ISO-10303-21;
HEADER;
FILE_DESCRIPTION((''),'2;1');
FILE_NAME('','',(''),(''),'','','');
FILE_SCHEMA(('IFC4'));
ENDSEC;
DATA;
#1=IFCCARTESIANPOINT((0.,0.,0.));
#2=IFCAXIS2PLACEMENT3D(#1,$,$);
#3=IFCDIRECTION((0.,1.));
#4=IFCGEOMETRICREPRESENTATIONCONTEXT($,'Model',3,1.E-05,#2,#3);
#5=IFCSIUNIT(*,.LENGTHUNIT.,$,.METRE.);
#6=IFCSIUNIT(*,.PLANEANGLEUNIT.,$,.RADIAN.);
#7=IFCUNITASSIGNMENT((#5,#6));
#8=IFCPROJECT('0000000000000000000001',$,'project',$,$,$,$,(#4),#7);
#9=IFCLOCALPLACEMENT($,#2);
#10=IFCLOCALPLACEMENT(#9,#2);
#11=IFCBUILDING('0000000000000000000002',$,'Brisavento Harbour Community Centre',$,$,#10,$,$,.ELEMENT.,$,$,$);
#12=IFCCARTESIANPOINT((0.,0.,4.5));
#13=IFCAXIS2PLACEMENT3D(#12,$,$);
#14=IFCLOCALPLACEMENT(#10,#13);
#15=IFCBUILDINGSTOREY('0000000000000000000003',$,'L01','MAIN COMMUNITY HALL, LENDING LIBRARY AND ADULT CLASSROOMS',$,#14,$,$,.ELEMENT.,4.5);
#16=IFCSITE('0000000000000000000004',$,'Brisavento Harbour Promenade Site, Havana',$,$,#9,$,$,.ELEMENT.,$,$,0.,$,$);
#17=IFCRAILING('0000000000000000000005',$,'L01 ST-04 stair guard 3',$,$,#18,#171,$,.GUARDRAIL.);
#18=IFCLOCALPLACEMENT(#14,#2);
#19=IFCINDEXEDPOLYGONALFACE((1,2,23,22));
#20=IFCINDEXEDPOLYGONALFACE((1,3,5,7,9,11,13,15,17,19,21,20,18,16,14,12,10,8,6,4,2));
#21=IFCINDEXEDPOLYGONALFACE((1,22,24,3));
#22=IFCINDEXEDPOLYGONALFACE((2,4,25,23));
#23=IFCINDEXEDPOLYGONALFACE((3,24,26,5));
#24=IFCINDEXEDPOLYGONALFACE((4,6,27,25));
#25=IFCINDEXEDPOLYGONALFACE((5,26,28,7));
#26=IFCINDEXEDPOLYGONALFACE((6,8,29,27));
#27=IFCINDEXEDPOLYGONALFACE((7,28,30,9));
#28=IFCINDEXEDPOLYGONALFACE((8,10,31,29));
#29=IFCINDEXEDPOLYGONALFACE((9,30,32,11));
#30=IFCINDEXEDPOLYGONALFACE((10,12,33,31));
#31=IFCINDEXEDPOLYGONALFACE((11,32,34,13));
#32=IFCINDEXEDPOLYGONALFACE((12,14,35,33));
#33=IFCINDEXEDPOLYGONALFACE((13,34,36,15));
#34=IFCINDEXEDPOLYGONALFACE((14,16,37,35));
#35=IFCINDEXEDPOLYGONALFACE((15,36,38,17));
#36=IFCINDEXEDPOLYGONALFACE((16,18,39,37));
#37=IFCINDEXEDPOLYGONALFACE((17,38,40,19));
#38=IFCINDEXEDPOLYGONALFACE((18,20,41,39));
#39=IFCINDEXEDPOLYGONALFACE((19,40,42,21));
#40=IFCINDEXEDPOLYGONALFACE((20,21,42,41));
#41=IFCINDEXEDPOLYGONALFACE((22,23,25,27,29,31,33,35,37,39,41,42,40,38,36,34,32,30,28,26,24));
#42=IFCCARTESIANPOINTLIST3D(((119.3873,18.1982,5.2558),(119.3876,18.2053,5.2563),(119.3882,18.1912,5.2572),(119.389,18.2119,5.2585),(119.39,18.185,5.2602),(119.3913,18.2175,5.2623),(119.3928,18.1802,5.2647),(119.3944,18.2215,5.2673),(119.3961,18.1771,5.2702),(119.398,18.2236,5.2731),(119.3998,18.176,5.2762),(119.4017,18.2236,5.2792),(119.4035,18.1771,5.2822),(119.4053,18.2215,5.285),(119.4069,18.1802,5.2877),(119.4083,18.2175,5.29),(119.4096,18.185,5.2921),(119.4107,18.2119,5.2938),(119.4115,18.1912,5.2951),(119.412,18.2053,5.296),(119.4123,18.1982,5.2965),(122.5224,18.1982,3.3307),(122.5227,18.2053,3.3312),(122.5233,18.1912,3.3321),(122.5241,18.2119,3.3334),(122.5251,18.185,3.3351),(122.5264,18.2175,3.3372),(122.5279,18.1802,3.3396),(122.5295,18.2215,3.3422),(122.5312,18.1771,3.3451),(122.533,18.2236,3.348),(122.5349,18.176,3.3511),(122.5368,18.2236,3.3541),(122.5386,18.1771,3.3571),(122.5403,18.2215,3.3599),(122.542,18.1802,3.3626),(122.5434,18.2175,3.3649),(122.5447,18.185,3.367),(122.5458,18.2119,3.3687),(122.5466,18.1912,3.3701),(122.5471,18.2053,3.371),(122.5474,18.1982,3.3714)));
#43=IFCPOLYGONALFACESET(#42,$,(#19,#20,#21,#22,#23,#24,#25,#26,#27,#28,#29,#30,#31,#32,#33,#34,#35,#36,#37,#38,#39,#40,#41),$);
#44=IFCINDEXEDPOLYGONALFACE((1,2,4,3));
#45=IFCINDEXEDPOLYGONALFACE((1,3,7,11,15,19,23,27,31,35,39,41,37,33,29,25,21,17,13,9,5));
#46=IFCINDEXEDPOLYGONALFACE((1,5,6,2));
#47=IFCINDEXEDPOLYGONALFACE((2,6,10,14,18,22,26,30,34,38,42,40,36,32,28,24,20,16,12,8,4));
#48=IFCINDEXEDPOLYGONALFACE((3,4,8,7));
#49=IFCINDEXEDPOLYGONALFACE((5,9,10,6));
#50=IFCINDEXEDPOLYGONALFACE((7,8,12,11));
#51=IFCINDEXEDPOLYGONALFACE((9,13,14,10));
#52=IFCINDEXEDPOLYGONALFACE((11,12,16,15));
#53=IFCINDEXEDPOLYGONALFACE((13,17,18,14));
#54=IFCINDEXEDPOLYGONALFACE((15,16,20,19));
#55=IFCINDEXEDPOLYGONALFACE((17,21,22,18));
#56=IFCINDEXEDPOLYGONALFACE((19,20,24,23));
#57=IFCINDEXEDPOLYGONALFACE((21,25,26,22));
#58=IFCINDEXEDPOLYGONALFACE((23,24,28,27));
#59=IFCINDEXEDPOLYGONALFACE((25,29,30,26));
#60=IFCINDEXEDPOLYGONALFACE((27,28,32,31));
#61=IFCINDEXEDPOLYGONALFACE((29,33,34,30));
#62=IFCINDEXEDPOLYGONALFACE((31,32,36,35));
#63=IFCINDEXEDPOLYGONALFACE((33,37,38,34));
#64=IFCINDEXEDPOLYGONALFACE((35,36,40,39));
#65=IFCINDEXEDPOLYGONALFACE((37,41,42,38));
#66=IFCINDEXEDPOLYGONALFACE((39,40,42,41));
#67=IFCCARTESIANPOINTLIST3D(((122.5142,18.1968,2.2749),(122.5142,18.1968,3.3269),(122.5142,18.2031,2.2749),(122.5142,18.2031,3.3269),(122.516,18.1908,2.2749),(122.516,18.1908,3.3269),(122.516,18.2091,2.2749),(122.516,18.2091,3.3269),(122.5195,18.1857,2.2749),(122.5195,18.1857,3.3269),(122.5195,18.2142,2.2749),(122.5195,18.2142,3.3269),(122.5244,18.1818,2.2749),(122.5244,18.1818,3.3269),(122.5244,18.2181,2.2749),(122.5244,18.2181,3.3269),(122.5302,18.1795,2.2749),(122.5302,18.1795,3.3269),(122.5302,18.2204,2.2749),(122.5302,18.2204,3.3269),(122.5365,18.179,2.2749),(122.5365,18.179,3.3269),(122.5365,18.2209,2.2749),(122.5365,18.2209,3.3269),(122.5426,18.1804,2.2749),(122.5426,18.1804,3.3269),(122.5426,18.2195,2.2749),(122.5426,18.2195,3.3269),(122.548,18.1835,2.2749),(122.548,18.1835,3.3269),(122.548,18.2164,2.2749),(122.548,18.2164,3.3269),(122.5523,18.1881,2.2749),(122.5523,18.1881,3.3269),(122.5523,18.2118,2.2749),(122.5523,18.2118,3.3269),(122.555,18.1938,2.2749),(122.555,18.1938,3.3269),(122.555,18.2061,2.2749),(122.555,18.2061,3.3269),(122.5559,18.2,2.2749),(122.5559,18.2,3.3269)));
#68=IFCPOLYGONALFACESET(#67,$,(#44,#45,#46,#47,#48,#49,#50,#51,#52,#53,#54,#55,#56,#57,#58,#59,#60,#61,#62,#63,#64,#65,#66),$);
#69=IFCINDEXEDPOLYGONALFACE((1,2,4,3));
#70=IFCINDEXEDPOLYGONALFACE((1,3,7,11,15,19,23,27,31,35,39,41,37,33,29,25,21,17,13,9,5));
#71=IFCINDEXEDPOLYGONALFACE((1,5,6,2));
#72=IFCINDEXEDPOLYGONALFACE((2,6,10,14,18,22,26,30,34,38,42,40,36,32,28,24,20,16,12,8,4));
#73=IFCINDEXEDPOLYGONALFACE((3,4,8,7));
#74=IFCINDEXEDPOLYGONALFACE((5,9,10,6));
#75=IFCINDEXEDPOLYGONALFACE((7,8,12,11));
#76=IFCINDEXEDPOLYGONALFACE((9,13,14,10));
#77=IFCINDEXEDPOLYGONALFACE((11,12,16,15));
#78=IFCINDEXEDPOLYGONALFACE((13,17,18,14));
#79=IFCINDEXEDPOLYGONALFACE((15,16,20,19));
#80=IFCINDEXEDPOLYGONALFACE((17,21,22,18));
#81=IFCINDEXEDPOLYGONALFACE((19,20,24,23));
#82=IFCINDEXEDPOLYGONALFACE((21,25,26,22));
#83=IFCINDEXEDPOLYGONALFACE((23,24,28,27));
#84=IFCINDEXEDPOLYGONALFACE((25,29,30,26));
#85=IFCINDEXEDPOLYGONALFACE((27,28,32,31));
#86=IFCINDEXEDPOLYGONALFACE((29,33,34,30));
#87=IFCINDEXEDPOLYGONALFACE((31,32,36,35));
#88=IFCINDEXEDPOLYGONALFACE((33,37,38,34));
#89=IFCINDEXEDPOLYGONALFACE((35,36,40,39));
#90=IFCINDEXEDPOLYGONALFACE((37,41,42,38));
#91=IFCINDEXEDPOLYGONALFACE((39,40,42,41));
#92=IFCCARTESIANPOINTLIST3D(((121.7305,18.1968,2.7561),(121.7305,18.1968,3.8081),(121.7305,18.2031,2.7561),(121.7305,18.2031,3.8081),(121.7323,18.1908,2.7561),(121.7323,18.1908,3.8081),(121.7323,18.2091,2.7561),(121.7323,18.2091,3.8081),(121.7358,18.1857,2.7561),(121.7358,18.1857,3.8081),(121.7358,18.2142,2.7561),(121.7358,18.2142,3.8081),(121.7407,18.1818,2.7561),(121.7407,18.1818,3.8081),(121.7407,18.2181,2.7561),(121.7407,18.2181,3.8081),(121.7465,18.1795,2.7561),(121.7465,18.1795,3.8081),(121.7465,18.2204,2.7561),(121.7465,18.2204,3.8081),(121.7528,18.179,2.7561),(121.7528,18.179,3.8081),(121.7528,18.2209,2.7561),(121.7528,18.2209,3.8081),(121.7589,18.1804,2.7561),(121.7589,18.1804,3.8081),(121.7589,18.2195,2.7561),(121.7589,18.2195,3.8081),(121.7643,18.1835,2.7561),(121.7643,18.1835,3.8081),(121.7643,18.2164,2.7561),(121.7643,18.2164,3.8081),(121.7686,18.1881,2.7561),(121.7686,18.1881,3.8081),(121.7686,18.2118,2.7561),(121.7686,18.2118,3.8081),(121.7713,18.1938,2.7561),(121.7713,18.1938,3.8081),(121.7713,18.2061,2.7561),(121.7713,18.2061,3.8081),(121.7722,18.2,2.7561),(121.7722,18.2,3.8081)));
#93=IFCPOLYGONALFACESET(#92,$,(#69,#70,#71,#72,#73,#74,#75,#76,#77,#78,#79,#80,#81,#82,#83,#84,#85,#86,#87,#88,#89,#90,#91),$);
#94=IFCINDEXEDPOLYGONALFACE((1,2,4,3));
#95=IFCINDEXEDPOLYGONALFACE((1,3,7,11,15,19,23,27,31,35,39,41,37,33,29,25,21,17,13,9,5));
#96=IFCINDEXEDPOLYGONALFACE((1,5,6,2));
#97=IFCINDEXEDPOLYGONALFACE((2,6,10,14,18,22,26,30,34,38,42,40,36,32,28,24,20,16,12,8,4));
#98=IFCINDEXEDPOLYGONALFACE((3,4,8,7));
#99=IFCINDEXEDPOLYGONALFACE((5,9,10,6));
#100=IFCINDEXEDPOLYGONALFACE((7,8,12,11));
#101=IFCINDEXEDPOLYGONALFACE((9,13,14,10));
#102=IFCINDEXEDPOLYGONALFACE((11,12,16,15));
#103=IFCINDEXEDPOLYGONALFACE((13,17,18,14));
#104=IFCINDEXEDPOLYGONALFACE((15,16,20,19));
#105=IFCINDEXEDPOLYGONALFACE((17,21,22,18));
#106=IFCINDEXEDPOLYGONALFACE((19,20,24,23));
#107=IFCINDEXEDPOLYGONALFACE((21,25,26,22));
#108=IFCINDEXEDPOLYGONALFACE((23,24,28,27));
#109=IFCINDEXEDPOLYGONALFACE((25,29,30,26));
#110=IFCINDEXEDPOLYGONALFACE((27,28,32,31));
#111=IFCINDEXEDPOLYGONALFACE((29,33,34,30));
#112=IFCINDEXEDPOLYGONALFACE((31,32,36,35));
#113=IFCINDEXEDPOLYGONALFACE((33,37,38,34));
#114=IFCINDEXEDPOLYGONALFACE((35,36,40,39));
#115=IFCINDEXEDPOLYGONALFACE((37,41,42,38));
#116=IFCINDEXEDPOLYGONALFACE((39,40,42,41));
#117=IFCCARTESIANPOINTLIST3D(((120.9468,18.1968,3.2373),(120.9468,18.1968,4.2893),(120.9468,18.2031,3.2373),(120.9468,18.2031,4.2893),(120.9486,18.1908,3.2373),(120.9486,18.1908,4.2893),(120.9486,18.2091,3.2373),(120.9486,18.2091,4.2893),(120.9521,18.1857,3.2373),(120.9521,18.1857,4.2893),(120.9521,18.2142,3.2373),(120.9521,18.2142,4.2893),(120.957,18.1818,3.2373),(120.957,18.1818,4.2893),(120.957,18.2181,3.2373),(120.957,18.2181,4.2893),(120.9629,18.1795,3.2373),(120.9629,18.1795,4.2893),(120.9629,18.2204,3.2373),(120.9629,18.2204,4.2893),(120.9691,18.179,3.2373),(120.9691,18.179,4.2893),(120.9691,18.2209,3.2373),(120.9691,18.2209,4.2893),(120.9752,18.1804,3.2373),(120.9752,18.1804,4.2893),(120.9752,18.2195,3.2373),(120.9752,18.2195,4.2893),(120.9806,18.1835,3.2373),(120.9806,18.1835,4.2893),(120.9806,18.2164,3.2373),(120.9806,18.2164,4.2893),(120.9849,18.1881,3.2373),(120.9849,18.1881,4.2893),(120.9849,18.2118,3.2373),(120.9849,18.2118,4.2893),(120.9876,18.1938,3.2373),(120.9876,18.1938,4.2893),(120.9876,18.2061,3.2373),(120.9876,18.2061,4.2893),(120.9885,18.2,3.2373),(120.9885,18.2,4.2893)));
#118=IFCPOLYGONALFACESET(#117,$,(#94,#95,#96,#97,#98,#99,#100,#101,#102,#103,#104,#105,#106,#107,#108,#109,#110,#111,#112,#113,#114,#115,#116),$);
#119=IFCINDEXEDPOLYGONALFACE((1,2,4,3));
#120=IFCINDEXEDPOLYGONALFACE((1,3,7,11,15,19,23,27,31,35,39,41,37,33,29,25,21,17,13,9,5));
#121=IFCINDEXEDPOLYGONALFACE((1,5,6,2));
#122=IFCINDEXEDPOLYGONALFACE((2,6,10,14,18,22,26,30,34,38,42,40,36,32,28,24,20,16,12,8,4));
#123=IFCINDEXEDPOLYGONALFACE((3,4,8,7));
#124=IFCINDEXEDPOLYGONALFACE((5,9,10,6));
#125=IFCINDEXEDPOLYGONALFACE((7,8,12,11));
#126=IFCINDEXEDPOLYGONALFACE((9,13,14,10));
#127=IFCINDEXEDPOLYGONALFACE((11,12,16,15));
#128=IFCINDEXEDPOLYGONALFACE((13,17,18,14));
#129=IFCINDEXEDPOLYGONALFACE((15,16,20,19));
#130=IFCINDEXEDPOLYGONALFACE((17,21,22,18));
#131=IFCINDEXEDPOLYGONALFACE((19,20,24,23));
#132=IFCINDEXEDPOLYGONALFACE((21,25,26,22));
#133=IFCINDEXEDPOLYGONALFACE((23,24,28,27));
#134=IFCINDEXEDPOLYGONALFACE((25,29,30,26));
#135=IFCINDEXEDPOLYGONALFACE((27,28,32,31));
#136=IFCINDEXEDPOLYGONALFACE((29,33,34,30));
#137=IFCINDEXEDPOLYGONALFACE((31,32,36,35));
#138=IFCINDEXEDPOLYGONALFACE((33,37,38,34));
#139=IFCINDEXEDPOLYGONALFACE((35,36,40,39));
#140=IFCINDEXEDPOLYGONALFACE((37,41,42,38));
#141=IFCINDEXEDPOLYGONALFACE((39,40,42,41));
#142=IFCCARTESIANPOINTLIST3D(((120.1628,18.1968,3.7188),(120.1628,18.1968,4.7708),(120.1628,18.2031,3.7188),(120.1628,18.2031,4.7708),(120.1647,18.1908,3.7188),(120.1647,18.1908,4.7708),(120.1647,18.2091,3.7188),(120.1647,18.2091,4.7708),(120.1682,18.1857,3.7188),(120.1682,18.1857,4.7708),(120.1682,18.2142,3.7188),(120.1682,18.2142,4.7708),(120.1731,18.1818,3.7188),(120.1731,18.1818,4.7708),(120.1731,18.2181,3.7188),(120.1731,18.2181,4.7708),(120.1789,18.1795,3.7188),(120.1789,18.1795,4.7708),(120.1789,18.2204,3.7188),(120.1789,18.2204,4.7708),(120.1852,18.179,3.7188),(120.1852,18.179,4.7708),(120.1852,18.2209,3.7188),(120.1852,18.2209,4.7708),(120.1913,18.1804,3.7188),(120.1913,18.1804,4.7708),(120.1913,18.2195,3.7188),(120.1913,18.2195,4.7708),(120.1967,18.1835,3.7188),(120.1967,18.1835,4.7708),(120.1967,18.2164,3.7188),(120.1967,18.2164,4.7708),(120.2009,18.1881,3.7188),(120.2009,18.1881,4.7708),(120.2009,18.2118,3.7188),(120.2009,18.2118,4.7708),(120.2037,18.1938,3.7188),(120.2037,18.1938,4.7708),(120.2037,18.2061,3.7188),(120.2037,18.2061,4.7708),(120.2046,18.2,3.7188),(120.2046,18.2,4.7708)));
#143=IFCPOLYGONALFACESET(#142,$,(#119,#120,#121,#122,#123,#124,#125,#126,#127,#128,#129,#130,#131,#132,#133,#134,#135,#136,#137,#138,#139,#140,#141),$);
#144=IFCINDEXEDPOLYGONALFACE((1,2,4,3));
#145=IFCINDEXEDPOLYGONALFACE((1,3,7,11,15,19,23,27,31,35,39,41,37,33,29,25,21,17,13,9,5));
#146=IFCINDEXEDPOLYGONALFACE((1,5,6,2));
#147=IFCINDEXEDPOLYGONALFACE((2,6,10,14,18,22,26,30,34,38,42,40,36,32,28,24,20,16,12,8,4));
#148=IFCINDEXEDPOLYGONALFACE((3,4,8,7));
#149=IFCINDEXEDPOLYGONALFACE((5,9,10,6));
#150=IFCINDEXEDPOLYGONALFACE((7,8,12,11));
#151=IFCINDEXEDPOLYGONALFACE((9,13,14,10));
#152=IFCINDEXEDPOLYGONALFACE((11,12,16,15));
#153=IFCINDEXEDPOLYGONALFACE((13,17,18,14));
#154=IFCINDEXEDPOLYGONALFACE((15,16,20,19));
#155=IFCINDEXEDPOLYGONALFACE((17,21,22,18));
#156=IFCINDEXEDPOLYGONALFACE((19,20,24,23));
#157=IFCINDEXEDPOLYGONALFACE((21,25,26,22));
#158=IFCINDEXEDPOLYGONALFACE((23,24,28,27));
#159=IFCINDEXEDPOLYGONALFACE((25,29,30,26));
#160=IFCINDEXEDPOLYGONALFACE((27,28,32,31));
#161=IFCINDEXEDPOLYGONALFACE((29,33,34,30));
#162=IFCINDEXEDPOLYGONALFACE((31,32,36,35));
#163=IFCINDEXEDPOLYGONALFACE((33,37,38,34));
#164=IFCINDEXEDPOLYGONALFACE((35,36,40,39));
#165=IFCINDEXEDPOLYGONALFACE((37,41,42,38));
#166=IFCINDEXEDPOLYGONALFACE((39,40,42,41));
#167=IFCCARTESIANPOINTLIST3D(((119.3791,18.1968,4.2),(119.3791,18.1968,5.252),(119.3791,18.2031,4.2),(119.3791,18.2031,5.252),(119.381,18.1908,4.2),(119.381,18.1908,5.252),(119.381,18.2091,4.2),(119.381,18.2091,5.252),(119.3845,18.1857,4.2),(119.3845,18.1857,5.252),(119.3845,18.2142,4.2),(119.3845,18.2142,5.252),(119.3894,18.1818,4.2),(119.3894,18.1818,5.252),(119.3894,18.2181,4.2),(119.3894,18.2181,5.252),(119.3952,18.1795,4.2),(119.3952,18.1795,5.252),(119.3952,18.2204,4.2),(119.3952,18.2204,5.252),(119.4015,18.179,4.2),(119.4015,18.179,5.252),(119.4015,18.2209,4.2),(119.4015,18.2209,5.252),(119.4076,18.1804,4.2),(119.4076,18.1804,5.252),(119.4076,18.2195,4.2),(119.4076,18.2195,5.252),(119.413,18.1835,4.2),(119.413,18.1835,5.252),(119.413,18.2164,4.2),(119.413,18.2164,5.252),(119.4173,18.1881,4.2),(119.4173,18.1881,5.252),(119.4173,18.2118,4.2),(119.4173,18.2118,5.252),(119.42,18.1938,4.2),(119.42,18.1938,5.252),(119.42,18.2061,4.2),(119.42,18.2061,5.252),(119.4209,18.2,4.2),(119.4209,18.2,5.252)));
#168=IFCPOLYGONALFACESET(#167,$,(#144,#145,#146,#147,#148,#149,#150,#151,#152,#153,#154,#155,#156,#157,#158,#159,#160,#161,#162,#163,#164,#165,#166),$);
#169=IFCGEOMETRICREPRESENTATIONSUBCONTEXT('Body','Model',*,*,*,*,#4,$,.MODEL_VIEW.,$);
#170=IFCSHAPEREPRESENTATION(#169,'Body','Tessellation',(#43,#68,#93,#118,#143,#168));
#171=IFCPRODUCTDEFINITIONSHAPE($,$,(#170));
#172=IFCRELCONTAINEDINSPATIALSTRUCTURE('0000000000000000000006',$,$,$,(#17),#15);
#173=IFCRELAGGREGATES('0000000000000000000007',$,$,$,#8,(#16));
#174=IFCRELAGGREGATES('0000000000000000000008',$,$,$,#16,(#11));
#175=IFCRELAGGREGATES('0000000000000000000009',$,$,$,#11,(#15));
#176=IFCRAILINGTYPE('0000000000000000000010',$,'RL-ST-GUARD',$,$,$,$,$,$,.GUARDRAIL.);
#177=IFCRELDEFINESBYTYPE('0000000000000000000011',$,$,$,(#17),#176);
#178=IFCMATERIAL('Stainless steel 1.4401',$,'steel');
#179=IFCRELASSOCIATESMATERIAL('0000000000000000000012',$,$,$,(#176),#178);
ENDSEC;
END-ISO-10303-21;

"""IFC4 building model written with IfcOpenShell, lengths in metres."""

from ifc_helpers import new_model, si_unit, direction, frame, origin, origin_2d, place, context, subcontext, project, spatial, circle, extrude, material, type_object, element, save


model = new_model("IFC4")

# Units and contexts
model_context = context("Model", 3, precision=1e-05, world=origin(), true_north=direction((0.0, 1.0)))
body_context = subcontext(model_context, "Body", "Model", "MODEL_VIEW")
ifc_project = project(units=[si_unit("LENGTHUNIT", "METRE"), si_unit("PLANEANGLEUNIT", "RADIAN")], contexts=[model_context])

# Site, building, storey
site_placement = place(None, origin())
site = spatial("IfcSite", under=ifc_project, at=site_placement, Name="Brisavento Harbour Promenade Site, Havana", CompositionType="ELEMENT", RefElevation=0.0)
building_placement = place(site_placement, origin())
building = spatial("IfcBuilding", under=site, at=building_placement, Name="Brisavento Harbour Community Centre", CompositionType="ELEMENT")
storey_placement = place(building_placement, frame((0.0, 0.0, 4.5)))
storey = spatial("IfcBuildingStorey", under=building, at=storey_placement, Name="L01", Description="MAIN COMMUNITY HALL, LENDING LIBRARY AND ADULT CLASSROOMS", CompositionType="ELEMENT", Elevation=4.5)

# Railing
ifc_material_1 = material(Name="Stainless steel 1.4401", Category="steel")
railing_type_1 = type_object("IfcRailingType", Name="RL-ST-GUARD", PredefinedType="GUARDRAIL", material=ifc_material_1)
railing_1_placement = place(storey_placement, frame((122.5349, 18.2, 2.2749)))
element("IfcRailing", 1, at=railing_1_placement, inside=storey, type_object=railing_type_1, Name="L01 ST-04 stair guard 3", PredefinedType="GUARDRAIL", context=body_context, shape_type="SweptSolid", body=[
    extrude(circle(Radius=0.0239, at=origin_2d()), frame((0.0, 0.0, 1.0762), z_axis=(-0.852166, 0.0, 0.523271), x_axis=(0.0, -1.0, 0.0)), (0.0, 0.0, 1.0), 3.679),
    extrude(circle(Radius=0.021, at=origin_2d()), origin(), (0.0, 0.0, 1.0), 1.052),
    extrude(circle(Radius=0.021, at=origin_2d()), frame((-0.7837, 0.0, 0.4812)), (0.0, 0.0, 1.0), 1.052),
    extrude(circle(Radius=0.021, at=origin_2d()), frame((-1.5674, 0.0, 0.9624)), (0.0, 0.0, 1.0), 1.052),
    extrude(circle(Radius=0.021, at=origin_2d()), frame((-2.3513, 0.0, 1.4438)), (0.0, 0.0, 1.0), 1.052),
    extrude(circle(Radius=0.021, at=origin_2d()), frame((-3.135, 0.0, 1.925)), (0.0, 0.0, 1.0), 1.052),
])

save(model, "model.ifc")
